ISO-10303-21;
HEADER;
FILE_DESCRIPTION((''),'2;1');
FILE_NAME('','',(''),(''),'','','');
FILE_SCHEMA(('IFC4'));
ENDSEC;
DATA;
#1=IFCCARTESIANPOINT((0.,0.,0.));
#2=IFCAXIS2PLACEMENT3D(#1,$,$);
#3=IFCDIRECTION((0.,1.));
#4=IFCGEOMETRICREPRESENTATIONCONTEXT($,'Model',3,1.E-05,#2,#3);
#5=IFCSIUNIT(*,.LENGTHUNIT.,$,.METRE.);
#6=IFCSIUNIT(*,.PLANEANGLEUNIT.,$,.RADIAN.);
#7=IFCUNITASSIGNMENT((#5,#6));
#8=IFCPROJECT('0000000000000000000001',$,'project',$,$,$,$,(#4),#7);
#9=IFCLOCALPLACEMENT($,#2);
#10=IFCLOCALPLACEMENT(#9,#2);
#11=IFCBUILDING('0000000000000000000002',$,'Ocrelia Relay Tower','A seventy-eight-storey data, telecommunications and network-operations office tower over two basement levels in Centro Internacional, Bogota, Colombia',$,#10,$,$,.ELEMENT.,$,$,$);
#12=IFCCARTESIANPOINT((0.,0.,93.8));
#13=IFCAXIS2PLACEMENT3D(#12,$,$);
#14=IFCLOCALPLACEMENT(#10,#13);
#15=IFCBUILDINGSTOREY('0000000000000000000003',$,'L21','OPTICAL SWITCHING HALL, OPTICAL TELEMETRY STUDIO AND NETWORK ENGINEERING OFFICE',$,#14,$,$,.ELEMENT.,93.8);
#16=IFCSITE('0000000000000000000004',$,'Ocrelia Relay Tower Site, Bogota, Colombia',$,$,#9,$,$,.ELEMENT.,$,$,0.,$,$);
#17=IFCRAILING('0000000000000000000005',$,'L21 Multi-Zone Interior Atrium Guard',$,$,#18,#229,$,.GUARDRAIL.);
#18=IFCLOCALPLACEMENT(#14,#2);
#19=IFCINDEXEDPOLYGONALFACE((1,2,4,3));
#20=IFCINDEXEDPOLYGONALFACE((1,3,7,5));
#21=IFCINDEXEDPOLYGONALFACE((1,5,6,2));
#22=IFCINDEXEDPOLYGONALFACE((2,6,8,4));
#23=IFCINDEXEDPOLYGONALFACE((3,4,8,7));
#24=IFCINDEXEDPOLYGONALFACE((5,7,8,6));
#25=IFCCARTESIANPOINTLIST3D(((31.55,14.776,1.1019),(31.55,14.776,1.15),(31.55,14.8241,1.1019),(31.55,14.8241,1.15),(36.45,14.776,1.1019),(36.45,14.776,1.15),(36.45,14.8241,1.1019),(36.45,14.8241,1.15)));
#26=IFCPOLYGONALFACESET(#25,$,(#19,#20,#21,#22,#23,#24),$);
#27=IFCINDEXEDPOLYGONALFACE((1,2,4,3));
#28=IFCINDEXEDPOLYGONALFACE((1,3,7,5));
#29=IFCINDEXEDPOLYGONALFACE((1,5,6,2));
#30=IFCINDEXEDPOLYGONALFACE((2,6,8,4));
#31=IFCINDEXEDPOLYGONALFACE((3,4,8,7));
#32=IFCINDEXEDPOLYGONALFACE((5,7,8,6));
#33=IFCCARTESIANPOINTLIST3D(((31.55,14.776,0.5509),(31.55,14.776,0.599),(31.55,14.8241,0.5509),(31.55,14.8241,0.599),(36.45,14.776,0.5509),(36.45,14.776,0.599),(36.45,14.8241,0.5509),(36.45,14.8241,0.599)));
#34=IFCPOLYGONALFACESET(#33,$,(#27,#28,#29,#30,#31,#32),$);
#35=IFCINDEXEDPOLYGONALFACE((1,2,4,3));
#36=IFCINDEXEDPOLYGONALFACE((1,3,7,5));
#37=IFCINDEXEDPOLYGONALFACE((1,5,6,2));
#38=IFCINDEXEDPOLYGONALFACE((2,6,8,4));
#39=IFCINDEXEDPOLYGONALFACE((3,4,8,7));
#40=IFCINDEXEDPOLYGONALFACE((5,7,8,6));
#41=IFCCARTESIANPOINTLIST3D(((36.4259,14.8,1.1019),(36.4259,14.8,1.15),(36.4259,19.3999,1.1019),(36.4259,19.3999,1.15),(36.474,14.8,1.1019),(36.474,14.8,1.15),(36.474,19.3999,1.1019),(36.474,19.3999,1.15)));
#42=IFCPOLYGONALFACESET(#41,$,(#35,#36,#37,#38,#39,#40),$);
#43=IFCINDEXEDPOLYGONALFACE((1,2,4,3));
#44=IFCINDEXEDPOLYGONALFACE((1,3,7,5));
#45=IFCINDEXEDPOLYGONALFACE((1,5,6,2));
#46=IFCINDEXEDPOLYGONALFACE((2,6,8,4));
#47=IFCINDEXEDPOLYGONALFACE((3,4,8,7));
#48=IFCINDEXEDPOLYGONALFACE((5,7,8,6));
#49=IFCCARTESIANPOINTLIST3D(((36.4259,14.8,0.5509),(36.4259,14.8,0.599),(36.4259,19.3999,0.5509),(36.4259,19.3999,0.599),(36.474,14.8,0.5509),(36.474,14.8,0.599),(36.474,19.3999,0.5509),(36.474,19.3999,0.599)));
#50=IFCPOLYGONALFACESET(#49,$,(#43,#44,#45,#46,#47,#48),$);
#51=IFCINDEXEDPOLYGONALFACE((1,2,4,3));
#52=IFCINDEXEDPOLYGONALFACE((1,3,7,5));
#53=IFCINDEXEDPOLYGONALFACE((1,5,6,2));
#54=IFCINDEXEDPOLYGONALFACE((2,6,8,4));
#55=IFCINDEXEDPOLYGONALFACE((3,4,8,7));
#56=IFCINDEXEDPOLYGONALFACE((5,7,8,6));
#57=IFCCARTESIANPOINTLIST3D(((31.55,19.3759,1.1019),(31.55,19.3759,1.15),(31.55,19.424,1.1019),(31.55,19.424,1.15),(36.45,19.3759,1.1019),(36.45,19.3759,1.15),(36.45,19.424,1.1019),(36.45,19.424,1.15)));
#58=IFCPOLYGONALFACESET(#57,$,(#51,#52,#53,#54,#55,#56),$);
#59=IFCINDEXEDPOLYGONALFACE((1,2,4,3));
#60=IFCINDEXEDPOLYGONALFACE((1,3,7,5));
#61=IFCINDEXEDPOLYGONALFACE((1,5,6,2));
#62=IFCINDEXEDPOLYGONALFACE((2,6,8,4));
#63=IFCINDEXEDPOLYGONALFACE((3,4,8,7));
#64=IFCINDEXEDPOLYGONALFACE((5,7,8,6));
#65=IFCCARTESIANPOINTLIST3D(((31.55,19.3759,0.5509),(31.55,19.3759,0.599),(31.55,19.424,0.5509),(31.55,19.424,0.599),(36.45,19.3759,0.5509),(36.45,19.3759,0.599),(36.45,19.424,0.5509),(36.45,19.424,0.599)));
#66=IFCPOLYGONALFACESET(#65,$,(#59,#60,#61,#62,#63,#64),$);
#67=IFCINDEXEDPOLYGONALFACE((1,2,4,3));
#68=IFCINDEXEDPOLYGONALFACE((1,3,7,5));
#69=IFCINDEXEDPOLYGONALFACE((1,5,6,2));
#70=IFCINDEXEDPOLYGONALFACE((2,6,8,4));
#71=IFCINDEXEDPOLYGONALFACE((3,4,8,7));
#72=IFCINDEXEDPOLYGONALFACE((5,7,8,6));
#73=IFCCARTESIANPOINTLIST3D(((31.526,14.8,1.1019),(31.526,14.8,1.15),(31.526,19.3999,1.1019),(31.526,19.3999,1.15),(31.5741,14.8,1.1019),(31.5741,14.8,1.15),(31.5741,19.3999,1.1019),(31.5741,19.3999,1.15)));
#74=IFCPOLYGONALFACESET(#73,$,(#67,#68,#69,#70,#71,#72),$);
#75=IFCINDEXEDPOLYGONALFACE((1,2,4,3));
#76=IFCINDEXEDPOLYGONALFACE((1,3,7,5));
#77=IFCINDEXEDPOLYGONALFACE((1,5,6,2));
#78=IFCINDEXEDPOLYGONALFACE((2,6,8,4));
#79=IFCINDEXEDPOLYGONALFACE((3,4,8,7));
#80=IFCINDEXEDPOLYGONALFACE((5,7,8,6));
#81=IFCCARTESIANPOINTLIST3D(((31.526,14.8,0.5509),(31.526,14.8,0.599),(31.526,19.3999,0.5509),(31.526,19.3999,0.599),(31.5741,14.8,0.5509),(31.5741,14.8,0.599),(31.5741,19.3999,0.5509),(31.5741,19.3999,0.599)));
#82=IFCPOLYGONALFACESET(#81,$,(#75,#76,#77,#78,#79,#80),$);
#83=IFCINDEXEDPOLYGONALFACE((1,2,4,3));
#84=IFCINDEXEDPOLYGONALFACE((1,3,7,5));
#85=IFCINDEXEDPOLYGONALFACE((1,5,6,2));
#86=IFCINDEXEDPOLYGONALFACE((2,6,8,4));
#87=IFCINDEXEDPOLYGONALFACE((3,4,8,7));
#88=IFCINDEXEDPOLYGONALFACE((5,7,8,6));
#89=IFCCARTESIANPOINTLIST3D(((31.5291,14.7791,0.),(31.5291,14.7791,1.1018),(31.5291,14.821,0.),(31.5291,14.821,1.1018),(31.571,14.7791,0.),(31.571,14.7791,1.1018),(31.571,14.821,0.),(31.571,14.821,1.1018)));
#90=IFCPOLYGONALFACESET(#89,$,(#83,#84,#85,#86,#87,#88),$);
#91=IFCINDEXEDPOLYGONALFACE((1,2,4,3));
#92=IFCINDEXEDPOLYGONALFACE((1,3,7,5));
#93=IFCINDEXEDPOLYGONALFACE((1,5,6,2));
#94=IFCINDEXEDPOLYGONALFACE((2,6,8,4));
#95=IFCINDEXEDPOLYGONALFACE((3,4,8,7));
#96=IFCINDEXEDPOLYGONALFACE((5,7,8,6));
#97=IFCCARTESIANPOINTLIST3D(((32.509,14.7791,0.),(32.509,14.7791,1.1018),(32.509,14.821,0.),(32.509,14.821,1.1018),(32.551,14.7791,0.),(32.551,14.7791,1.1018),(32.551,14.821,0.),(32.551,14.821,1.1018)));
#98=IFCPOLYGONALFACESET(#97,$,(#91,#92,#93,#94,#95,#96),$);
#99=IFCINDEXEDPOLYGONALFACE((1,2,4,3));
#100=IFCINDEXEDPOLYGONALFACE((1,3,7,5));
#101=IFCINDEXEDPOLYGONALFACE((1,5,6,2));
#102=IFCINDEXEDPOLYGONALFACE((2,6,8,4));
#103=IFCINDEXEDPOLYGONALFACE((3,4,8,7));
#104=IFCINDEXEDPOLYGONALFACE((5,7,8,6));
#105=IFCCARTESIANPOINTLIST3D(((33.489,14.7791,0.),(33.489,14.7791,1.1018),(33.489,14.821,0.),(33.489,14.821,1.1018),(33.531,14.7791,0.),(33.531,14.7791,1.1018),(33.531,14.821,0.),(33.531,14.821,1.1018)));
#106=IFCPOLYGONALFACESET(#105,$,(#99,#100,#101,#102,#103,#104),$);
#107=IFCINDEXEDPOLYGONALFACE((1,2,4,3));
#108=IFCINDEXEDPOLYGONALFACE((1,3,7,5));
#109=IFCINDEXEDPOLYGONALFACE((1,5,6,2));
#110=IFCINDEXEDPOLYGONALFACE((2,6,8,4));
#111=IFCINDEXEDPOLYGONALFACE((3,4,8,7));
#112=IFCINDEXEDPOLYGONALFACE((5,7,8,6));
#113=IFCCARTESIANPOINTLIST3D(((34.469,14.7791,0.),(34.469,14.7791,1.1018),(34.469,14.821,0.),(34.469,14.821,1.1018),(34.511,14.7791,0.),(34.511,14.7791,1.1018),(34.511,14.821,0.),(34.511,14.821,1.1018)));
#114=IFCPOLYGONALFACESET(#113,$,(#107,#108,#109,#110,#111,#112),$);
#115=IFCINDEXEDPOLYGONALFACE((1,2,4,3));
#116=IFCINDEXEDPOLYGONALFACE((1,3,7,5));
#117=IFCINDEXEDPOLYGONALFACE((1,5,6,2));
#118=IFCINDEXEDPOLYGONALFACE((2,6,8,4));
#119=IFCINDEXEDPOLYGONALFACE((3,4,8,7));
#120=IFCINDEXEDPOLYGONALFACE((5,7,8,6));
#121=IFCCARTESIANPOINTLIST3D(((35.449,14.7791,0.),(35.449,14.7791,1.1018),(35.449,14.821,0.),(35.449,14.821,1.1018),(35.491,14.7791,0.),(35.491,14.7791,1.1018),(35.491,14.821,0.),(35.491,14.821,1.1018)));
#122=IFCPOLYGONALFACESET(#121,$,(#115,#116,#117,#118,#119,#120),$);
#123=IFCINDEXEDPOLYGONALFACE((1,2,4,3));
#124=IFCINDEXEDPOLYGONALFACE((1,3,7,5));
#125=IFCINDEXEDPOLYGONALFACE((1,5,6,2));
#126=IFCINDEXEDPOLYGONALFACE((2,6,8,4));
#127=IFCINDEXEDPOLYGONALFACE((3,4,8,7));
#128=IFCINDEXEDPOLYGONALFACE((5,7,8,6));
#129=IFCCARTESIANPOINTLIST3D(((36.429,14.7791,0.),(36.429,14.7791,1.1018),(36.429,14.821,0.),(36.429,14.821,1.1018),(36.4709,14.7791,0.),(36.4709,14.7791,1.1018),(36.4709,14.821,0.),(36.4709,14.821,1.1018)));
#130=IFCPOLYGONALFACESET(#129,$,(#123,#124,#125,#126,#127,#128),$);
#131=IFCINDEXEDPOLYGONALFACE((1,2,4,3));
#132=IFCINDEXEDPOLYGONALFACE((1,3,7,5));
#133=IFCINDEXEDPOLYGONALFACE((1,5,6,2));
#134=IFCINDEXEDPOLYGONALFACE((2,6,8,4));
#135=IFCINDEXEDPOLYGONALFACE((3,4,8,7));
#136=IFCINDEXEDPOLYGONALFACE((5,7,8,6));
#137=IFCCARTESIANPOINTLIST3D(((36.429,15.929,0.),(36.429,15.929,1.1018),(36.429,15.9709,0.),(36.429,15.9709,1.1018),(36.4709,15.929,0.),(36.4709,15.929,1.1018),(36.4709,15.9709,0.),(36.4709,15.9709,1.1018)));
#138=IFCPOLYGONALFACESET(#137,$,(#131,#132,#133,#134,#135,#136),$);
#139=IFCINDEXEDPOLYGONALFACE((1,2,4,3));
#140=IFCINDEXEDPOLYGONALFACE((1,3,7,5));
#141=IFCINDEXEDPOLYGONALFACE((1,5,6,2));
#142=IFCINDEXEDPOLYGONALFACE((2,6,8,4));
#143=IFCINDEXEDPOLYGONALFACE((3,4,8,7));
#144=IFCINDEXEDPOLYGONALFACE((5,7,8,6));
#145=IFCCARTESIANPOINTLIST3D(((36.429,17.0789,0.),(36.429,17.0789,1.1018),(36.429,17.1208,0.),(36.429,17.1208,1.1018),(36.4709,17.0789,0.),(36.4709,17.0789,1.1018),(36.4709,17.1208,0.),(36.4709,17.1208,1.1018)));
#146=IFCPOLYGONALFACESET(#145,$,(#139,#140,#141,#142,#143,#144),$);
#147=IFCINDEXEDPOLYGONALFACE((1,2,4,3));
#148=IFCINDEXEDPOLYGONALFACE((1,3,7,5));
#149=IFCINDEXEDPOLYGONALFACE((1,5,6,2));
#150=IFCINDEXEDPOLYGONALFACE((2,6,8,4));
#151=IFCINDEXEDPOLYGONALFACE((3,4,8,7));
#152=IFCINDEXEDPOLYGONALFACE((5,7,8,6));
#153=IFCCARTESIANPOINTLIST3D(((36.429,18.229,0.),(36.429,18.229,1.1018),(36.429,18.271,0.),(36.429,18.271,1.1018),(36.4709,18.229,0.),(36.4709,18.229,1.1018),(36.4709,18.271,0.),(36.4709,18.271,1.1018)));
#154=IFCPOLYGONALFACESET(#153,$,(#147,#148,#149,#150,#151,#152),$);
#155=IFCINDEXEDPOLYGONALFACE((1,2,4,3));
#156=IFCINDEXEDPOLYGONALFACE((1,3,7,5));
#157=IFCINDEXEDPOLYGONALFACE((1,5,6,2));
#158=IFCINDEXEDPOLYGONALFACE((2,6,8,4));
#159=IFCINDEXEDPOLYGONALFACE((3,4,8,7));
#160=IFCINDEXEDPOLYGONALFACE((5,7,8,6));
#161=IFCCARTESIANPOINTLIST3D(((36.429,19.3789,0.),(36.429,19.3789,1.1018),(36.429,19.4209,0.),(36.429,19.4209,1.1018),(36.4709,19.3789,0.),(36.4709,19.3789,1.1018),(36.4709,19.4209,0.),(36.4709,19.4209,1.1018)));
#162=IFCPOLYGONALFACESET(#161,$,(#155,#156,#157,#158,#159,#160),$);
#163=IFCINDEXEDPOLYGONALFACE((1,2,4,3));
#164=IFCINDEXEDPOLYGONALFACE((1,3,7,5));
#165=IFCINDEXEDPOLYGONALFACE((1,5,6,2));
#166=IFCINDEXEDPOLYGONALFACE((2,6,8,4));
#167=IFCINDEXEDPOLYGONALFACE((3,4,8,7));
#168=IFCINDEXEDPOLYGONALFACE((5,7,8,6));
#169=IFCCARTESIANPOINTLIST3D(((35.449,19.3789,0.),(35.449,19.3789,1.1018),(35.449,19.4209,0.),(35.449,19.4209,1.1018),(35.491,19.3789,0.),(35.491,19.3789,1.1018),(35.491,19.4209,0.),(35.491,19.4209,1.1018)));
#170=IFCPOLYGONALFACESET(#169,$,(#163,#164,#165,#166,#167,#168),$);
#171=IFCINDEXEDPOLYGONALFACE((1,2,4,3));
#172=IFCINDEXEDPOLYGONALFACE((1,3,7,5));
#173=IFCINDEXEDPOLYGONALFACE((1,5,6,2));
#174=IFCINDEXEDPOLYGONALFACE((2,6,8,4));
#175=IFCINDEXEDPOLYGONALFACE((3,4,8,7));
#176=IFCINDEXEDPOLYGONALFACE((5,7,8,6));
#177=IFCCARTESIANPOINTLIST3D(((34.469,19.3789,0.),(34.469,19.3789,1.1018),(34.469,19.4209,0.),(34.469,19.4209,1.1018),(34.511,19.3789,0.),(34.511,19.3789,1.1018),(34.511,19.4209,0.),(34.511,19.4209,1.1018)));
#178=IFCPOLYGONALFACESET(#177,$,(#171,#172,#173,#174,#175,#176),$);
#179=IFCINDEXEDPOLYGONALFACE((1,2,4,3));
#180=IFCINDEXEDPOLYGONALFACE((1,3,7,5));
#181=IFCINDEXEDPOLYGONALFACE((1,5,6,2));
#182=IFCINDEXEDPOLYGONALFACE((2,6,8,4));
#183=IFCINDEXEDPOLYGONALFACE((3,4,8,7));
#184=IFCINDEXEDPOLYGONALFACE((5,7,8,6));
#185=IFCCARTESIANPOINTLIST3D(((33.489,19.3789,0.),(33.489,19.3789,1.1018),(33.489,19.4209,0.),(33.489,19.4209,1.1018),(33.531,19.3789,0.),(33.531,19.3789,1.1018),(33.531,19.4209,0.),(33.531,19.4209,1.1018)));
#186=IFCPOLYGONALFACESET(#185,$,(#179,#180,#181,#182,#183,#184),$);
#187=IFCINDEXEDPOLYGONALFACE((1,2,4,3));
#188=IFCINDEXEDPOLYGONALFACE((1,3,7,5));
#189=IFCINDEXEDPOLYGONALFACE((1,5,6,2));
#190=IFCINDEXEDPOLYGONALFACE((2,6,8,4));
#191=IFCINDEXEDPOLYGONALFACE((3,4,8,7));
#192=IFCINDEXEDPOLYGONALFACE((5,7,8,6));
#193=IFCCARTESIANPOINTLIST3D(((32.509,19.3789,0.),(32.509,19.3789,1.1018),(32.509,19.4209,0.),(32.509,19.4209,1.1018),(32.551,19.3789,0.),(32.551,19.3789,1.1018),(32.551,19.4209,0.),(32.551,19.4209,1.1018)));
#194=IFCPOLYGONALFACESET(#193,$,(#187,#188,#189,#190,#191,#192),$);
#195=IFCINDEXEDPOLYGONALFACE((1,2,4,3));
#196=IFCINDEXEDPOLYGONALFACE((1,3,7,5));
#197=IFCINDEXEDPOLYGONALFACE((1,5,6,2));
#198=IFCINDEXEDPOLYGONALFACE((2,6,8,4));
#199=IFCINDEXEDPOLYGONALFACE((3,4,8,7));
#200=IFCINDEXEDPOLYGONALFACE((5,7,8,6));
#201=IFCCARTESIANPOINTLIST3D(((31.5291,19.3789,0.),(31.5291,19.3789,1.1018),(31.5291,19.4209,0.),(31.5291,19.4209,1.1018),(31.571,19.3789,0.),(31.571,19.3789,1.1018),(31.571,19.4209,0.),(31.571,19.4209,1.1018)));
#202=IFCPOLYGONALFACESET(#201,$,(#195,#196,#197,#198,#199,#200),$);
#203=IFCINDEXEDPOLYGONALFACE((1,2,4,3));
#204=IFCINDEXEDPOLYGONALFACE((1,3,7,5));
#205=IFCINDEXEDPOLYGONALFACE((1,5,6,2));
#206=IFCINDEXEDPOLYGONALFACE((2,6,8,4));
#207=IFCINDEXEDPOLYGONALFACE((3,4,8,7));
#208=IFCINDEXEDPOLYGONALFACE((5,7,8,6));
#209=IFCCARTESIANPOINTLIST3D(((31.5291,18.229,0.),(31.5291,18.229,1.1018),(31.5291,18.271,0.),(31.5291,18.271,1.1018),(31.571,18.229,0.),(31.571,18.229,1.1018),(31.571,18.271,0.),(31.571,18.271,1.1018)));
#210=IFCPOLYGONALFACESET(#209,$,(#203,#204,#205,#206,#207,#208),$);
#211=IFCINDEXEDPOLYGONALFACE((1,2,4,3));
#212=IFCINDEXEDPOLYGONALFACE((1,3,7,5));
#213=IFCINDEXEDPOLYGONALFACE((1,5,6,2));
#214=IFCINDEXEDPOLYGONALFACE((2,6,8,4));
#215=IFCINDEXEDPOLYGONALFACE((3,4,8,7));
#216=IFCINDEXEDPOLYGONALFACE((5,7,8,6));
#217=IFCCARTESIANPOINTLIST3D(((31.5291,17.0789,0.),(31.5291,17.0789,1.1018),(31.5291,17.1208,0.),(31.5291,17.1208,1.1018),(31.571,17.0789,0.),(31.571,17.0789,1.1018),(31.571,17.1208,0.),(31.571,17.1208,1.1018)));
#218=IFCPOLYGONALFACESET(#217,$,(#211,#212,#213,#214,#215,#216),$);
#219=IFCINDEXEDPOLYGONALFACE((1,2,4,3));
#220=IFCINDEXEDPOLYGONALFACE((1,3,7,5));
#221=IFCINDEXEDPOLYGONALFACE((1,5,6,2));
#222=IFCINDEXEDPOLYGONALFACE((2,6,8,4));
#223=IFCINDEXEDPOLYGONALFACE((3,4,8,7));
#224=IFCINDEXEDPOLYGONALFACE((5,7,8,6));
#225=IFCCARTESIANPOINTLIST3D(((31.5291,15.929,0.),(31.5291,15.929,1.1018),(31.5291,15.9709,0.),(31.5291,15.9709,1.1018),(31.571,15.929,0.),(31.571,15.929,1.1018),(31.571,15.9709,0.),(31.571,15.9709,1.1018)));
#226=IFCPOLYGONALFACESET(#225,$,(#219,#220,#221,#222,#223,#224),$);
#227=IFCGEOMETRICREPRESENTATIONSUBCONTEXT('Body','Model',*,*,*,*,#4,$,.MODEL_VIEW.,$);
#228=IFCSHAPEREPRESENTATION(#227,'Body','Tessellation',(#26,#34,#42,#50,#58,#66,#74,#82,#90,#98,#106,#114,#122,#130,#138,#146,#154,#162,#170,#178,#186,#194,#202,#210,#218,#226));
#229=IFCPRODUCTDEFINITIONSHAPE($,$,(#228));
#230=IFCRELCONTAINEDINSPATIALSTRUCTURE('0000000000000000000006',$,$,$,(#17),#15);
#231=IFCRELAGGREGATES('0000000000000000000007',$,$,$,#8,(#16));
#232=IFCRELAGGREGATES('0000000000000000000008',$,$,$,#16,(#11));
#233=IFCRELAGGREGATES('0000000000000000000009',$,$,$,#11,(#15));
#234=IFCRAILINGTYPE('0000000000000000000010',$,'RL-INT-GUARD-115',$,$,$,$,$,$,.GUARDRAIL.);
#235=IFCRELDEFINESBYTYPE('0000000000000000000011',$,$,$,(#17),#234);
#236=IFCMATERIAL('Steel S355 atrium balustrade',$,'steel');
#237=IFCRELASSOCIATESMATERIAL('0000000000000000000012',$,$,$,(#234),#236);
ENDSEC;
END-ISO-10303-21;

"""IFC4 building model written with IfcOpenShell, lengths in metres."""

from ifc_helpers import new_model, si_unit, direction, frame, origin, origin_2d, place, context, subcontext, project, spatial, rectangle, extrude, material, type_object, element, save


model = new_model("IFC4")

# Units and contexts
model_context = context("Model", 3, precision=1e-05, world=origin(), true_north=direction((0.0, 1.0)))
body_context = subcontext(model_context, "Body", "Model", "MODEL_VIEW")
ifc_project = project(units=[si_unit("LENGTHUNIT", "METRE"), si_unit("PLANEANGLEUNIT", "RADIAN")], contexts=[model_context])

# Site, building, storey
site_placement = place(None, origin())
site = spatial("IfcSite", under=ifc_project, at=site_placement, Name="Ocrelia Relay Tower Site, Bogota, Colombia", CompositionType="ELEMENT", RefElevation=0.0)
building_placement = place(site_placement, origin())
building = spatial("IfcBuilding", under=site, at=building_placement, Name="Ocrelia Relay Tower", Description="A seventy-eight-storey data, telecommunications and network-operations office tower over two basement levels in Centro Internacional, Bogota, Colombia", CompositionType="ELEMENT")
storey_placement = place(building_placement, frame((0.0, 0.0, 93.8)))
storey = spatial("IfcBuildingStorey", under=building, at=storey_placement, Name="L21", Description="OPTICAL SWITCHING HALL, OPTICAL TELEMETRY STUDIO AND NETWORK ENGINEERING OFFICE", CompositionType="ELEMENT", Elevation=93.8)

# Railing
ifc_material_1 = material(Name="Steel S355 atrium balustrade", Category="steel")
railing_type_1 = type_object("IfcRailingType", Name="RL-INT-GUARD-115", PredefinedType="GUARDRAIL", material=ifc_material_1)
railing_1_placement = place(storey_placement, frame((31.55, 14.8, 0.0)))
element("IfcRailing", 1, at=railing_1_placement, inside=storey, type_object=railing_type_1, Name="L21 Multi-Zone Interior Atrium Guard", PredefinedType="GUARDRAIL", context=body_context, shape_type="SweptSolid", body=[
    extrude(rectangle(XDim=0.0481, YDim=0.0481, at=origin_2d()), frame((0.0, 0.0, 1.126), z_axis=(1.0, 0.0, 0.0), x_axis=(0.0, 1.0, 0.0)), (0.0, 0.0, 1.0), 4.8999),
    extrude(rectangle(XDim=0.0481, YDim=0.0481, at=origin_2d()), frame((0.0, 0.0, 0.575), z_axis=(1.0, 0.0, 0.0), x_axis=(0.0, 1.0, 0.0)), (0.0, 0.0, 1.0), 4.8999),
    extrude(rectangle(XDim=0.0481, YDim=0.0481, at=origin_2d()), frame((4.8999, 0.0, 1.126), z_axis=(0.0, 1.0, 0.0), x_axis=(-1.0, 0.0, 0.0)), (0.0, 0.0, 1.0), 4.5999),
    extrude(rectangle(XDim=0.0481, YDim=0.0481, at=origin_2d()), frame((4.8999, 0.0, 0.575), z_axis=(0.0, 1.0, 0.0), x_axis=(-1.0, 0.0, 0.0)), (0.0, 0.0, 1.0), 4.5999),
    extrude(rectangle(XDim=0.0481, YDim=0.0481, at=origin_2d()), frame((4.8999, 4.5999, 1.126), z_axis=(-1.0, 0.0, 0.0), x_axis=(0.0, -1.0, 0.0)), (0.0, 0.0, 1.0), 4.8999),
    extrude(rectangle(XDim=0.0481, YDim=0.0481, at=origin_2d()), frame((4.8999, 4.5999, 0.575), z_axis=(-1.0, 0.0, 0.0), x_axis=(0.0, -1.0, 0.0)), (0.0, 0.0, 1.0), 4.8999),
    extrude(rectangle(XDim=0.0481, YDim=0.0481, at=origin_2d()), frame((0.0, 4.5999, 1.126), z_axis=(0.0, -1.0, 0.0), x_axis=(1.0, 0.0, 0.0)), (0.0, 0.0, 1.0), 4.5999),
    extrude(rectangle(XDim=0.0481, YDim=0.0481, at=origin_2d()), frame((0.0, 4.5999, 0.575), z_axis=(0.0, -1.0, 0.0), x_axis=(1.0, 0.0, 0.0)), (0.0, 0.0, 1.0), 4.5999),
    extrude(rectangle(XDim=0.042, YDim=0.042, at=origin_2d()), origin(), (0.0, 0.0, 1.0), 1.1018),
    extrude(rectangle(XDim=0.042, YDim=0.042, at=origin_2d()), frame((0.98, 0.0, 0.0)), (0.0, 0.0, 1.0), 1.1018),
    extrude(rectangle(XDim=0.042, YDim=0.042, at=origin_2d()), frame((1.96, 0.0, 0.0)), (0.0, 0.0, 1.0), 1.1018),
    extrude(rectangle(XDim=0.042, YDim=0.042, at=origin_2d()), frame((2.9399, 0.0, 0.0)), (0.0, 0.0, 1.0), 1.1018),
    extrude(rectangle(XDim=0.042, YDim=0.042, at=origin_2d()), frame((3.9199, 0.0, 0.0)), (0.0, 0.0, 1.0), 1.1018),
    extrude(rectangle(XDim=0.042, YDim=0.042, at=origin_2d()), frame((4.8999, 0.0, 0.0)), (0.0, 0.0, 1.0), 1.1018),
    extrude(rectangle(XDim=0.042, YDim=0.042, at=origin_2d()), frame((4.8999, 1.1499, 0.0)), (0.0, 0.0, 1.0), 1.1018),
    extrude(rectangle(XDim=0.042, YDim=0.042, at=origin_2d()), frame((4.8999, 2.2998, 0.0)), (0.0, 0.0, 1.0), 1.1018),
    extrude(rectangle(XDim=0.042, YDim=0.042, at=origin_2d()), frame((4.8999, 3.45, 0.0)), (0.0, 0.0, 1.0), 1.1018),
    extrude(rectangle(XDim=0.042, YDim=0.042, at=origin_2d()), frame((4.8999, 4.5999, 0.0)), (0.0, 0.0, 1.0), 1.1018),
    extrude(rectangle(XDim=0.042, YDim=0.042, at=origin_2d()), frame((3.9199, 4.5999, 0.0)), (0.0, 0.0, 1.0), 1.1018),
    extrude(rectangle(XDim=0.042, YDim=0.042, at=origin_2d()), frame((2.9399, 4.5999, 0.0)), (0.0, 0.0, 1.0), 1.1018),
    extrude(rectangle(XDim=0.042, YDim=0.042, at=origin_2d()), frame((1.96, 4.5999, 0.0)), (0.0, 0.0, 1.0), 1.1018),
    extrude(rectangle(XDim=0.042, YDim=0.042, at=origin_2d()), frame((0.98, 4.5999, 0.0)), (0.0, 0.0, 1.0), 1.1018),
    extrude(rectangle(XDim=0.042, YDim=0.042, at=origin_2d()), frame((0.0, 4.5999, 0.0)), (0.0, 0.0, 1.0), 1.1018),
    extrude(rectangle(XDim=0.042, YDim=0.042, at=origin_2d()), frame((0.0, 3.45, 0.0)), (0.0, 0.0, 1.0), 1.1018),
    extrude(rectangle(XDim=0.042, YDim=0.042, at=origin_2d()), frame((0.0, 2.2998, 0.0)), (0.0, 0.0, 1.0), 1.1018),
    extrude(rectangle(XDim=0.042, YDim=0.042, at=origin_2d()), frame((0.0, 1.1499, 0.0)), (0.0, 0.0, 1.0), 1.1018),
])

save(model, "model.ifc")
